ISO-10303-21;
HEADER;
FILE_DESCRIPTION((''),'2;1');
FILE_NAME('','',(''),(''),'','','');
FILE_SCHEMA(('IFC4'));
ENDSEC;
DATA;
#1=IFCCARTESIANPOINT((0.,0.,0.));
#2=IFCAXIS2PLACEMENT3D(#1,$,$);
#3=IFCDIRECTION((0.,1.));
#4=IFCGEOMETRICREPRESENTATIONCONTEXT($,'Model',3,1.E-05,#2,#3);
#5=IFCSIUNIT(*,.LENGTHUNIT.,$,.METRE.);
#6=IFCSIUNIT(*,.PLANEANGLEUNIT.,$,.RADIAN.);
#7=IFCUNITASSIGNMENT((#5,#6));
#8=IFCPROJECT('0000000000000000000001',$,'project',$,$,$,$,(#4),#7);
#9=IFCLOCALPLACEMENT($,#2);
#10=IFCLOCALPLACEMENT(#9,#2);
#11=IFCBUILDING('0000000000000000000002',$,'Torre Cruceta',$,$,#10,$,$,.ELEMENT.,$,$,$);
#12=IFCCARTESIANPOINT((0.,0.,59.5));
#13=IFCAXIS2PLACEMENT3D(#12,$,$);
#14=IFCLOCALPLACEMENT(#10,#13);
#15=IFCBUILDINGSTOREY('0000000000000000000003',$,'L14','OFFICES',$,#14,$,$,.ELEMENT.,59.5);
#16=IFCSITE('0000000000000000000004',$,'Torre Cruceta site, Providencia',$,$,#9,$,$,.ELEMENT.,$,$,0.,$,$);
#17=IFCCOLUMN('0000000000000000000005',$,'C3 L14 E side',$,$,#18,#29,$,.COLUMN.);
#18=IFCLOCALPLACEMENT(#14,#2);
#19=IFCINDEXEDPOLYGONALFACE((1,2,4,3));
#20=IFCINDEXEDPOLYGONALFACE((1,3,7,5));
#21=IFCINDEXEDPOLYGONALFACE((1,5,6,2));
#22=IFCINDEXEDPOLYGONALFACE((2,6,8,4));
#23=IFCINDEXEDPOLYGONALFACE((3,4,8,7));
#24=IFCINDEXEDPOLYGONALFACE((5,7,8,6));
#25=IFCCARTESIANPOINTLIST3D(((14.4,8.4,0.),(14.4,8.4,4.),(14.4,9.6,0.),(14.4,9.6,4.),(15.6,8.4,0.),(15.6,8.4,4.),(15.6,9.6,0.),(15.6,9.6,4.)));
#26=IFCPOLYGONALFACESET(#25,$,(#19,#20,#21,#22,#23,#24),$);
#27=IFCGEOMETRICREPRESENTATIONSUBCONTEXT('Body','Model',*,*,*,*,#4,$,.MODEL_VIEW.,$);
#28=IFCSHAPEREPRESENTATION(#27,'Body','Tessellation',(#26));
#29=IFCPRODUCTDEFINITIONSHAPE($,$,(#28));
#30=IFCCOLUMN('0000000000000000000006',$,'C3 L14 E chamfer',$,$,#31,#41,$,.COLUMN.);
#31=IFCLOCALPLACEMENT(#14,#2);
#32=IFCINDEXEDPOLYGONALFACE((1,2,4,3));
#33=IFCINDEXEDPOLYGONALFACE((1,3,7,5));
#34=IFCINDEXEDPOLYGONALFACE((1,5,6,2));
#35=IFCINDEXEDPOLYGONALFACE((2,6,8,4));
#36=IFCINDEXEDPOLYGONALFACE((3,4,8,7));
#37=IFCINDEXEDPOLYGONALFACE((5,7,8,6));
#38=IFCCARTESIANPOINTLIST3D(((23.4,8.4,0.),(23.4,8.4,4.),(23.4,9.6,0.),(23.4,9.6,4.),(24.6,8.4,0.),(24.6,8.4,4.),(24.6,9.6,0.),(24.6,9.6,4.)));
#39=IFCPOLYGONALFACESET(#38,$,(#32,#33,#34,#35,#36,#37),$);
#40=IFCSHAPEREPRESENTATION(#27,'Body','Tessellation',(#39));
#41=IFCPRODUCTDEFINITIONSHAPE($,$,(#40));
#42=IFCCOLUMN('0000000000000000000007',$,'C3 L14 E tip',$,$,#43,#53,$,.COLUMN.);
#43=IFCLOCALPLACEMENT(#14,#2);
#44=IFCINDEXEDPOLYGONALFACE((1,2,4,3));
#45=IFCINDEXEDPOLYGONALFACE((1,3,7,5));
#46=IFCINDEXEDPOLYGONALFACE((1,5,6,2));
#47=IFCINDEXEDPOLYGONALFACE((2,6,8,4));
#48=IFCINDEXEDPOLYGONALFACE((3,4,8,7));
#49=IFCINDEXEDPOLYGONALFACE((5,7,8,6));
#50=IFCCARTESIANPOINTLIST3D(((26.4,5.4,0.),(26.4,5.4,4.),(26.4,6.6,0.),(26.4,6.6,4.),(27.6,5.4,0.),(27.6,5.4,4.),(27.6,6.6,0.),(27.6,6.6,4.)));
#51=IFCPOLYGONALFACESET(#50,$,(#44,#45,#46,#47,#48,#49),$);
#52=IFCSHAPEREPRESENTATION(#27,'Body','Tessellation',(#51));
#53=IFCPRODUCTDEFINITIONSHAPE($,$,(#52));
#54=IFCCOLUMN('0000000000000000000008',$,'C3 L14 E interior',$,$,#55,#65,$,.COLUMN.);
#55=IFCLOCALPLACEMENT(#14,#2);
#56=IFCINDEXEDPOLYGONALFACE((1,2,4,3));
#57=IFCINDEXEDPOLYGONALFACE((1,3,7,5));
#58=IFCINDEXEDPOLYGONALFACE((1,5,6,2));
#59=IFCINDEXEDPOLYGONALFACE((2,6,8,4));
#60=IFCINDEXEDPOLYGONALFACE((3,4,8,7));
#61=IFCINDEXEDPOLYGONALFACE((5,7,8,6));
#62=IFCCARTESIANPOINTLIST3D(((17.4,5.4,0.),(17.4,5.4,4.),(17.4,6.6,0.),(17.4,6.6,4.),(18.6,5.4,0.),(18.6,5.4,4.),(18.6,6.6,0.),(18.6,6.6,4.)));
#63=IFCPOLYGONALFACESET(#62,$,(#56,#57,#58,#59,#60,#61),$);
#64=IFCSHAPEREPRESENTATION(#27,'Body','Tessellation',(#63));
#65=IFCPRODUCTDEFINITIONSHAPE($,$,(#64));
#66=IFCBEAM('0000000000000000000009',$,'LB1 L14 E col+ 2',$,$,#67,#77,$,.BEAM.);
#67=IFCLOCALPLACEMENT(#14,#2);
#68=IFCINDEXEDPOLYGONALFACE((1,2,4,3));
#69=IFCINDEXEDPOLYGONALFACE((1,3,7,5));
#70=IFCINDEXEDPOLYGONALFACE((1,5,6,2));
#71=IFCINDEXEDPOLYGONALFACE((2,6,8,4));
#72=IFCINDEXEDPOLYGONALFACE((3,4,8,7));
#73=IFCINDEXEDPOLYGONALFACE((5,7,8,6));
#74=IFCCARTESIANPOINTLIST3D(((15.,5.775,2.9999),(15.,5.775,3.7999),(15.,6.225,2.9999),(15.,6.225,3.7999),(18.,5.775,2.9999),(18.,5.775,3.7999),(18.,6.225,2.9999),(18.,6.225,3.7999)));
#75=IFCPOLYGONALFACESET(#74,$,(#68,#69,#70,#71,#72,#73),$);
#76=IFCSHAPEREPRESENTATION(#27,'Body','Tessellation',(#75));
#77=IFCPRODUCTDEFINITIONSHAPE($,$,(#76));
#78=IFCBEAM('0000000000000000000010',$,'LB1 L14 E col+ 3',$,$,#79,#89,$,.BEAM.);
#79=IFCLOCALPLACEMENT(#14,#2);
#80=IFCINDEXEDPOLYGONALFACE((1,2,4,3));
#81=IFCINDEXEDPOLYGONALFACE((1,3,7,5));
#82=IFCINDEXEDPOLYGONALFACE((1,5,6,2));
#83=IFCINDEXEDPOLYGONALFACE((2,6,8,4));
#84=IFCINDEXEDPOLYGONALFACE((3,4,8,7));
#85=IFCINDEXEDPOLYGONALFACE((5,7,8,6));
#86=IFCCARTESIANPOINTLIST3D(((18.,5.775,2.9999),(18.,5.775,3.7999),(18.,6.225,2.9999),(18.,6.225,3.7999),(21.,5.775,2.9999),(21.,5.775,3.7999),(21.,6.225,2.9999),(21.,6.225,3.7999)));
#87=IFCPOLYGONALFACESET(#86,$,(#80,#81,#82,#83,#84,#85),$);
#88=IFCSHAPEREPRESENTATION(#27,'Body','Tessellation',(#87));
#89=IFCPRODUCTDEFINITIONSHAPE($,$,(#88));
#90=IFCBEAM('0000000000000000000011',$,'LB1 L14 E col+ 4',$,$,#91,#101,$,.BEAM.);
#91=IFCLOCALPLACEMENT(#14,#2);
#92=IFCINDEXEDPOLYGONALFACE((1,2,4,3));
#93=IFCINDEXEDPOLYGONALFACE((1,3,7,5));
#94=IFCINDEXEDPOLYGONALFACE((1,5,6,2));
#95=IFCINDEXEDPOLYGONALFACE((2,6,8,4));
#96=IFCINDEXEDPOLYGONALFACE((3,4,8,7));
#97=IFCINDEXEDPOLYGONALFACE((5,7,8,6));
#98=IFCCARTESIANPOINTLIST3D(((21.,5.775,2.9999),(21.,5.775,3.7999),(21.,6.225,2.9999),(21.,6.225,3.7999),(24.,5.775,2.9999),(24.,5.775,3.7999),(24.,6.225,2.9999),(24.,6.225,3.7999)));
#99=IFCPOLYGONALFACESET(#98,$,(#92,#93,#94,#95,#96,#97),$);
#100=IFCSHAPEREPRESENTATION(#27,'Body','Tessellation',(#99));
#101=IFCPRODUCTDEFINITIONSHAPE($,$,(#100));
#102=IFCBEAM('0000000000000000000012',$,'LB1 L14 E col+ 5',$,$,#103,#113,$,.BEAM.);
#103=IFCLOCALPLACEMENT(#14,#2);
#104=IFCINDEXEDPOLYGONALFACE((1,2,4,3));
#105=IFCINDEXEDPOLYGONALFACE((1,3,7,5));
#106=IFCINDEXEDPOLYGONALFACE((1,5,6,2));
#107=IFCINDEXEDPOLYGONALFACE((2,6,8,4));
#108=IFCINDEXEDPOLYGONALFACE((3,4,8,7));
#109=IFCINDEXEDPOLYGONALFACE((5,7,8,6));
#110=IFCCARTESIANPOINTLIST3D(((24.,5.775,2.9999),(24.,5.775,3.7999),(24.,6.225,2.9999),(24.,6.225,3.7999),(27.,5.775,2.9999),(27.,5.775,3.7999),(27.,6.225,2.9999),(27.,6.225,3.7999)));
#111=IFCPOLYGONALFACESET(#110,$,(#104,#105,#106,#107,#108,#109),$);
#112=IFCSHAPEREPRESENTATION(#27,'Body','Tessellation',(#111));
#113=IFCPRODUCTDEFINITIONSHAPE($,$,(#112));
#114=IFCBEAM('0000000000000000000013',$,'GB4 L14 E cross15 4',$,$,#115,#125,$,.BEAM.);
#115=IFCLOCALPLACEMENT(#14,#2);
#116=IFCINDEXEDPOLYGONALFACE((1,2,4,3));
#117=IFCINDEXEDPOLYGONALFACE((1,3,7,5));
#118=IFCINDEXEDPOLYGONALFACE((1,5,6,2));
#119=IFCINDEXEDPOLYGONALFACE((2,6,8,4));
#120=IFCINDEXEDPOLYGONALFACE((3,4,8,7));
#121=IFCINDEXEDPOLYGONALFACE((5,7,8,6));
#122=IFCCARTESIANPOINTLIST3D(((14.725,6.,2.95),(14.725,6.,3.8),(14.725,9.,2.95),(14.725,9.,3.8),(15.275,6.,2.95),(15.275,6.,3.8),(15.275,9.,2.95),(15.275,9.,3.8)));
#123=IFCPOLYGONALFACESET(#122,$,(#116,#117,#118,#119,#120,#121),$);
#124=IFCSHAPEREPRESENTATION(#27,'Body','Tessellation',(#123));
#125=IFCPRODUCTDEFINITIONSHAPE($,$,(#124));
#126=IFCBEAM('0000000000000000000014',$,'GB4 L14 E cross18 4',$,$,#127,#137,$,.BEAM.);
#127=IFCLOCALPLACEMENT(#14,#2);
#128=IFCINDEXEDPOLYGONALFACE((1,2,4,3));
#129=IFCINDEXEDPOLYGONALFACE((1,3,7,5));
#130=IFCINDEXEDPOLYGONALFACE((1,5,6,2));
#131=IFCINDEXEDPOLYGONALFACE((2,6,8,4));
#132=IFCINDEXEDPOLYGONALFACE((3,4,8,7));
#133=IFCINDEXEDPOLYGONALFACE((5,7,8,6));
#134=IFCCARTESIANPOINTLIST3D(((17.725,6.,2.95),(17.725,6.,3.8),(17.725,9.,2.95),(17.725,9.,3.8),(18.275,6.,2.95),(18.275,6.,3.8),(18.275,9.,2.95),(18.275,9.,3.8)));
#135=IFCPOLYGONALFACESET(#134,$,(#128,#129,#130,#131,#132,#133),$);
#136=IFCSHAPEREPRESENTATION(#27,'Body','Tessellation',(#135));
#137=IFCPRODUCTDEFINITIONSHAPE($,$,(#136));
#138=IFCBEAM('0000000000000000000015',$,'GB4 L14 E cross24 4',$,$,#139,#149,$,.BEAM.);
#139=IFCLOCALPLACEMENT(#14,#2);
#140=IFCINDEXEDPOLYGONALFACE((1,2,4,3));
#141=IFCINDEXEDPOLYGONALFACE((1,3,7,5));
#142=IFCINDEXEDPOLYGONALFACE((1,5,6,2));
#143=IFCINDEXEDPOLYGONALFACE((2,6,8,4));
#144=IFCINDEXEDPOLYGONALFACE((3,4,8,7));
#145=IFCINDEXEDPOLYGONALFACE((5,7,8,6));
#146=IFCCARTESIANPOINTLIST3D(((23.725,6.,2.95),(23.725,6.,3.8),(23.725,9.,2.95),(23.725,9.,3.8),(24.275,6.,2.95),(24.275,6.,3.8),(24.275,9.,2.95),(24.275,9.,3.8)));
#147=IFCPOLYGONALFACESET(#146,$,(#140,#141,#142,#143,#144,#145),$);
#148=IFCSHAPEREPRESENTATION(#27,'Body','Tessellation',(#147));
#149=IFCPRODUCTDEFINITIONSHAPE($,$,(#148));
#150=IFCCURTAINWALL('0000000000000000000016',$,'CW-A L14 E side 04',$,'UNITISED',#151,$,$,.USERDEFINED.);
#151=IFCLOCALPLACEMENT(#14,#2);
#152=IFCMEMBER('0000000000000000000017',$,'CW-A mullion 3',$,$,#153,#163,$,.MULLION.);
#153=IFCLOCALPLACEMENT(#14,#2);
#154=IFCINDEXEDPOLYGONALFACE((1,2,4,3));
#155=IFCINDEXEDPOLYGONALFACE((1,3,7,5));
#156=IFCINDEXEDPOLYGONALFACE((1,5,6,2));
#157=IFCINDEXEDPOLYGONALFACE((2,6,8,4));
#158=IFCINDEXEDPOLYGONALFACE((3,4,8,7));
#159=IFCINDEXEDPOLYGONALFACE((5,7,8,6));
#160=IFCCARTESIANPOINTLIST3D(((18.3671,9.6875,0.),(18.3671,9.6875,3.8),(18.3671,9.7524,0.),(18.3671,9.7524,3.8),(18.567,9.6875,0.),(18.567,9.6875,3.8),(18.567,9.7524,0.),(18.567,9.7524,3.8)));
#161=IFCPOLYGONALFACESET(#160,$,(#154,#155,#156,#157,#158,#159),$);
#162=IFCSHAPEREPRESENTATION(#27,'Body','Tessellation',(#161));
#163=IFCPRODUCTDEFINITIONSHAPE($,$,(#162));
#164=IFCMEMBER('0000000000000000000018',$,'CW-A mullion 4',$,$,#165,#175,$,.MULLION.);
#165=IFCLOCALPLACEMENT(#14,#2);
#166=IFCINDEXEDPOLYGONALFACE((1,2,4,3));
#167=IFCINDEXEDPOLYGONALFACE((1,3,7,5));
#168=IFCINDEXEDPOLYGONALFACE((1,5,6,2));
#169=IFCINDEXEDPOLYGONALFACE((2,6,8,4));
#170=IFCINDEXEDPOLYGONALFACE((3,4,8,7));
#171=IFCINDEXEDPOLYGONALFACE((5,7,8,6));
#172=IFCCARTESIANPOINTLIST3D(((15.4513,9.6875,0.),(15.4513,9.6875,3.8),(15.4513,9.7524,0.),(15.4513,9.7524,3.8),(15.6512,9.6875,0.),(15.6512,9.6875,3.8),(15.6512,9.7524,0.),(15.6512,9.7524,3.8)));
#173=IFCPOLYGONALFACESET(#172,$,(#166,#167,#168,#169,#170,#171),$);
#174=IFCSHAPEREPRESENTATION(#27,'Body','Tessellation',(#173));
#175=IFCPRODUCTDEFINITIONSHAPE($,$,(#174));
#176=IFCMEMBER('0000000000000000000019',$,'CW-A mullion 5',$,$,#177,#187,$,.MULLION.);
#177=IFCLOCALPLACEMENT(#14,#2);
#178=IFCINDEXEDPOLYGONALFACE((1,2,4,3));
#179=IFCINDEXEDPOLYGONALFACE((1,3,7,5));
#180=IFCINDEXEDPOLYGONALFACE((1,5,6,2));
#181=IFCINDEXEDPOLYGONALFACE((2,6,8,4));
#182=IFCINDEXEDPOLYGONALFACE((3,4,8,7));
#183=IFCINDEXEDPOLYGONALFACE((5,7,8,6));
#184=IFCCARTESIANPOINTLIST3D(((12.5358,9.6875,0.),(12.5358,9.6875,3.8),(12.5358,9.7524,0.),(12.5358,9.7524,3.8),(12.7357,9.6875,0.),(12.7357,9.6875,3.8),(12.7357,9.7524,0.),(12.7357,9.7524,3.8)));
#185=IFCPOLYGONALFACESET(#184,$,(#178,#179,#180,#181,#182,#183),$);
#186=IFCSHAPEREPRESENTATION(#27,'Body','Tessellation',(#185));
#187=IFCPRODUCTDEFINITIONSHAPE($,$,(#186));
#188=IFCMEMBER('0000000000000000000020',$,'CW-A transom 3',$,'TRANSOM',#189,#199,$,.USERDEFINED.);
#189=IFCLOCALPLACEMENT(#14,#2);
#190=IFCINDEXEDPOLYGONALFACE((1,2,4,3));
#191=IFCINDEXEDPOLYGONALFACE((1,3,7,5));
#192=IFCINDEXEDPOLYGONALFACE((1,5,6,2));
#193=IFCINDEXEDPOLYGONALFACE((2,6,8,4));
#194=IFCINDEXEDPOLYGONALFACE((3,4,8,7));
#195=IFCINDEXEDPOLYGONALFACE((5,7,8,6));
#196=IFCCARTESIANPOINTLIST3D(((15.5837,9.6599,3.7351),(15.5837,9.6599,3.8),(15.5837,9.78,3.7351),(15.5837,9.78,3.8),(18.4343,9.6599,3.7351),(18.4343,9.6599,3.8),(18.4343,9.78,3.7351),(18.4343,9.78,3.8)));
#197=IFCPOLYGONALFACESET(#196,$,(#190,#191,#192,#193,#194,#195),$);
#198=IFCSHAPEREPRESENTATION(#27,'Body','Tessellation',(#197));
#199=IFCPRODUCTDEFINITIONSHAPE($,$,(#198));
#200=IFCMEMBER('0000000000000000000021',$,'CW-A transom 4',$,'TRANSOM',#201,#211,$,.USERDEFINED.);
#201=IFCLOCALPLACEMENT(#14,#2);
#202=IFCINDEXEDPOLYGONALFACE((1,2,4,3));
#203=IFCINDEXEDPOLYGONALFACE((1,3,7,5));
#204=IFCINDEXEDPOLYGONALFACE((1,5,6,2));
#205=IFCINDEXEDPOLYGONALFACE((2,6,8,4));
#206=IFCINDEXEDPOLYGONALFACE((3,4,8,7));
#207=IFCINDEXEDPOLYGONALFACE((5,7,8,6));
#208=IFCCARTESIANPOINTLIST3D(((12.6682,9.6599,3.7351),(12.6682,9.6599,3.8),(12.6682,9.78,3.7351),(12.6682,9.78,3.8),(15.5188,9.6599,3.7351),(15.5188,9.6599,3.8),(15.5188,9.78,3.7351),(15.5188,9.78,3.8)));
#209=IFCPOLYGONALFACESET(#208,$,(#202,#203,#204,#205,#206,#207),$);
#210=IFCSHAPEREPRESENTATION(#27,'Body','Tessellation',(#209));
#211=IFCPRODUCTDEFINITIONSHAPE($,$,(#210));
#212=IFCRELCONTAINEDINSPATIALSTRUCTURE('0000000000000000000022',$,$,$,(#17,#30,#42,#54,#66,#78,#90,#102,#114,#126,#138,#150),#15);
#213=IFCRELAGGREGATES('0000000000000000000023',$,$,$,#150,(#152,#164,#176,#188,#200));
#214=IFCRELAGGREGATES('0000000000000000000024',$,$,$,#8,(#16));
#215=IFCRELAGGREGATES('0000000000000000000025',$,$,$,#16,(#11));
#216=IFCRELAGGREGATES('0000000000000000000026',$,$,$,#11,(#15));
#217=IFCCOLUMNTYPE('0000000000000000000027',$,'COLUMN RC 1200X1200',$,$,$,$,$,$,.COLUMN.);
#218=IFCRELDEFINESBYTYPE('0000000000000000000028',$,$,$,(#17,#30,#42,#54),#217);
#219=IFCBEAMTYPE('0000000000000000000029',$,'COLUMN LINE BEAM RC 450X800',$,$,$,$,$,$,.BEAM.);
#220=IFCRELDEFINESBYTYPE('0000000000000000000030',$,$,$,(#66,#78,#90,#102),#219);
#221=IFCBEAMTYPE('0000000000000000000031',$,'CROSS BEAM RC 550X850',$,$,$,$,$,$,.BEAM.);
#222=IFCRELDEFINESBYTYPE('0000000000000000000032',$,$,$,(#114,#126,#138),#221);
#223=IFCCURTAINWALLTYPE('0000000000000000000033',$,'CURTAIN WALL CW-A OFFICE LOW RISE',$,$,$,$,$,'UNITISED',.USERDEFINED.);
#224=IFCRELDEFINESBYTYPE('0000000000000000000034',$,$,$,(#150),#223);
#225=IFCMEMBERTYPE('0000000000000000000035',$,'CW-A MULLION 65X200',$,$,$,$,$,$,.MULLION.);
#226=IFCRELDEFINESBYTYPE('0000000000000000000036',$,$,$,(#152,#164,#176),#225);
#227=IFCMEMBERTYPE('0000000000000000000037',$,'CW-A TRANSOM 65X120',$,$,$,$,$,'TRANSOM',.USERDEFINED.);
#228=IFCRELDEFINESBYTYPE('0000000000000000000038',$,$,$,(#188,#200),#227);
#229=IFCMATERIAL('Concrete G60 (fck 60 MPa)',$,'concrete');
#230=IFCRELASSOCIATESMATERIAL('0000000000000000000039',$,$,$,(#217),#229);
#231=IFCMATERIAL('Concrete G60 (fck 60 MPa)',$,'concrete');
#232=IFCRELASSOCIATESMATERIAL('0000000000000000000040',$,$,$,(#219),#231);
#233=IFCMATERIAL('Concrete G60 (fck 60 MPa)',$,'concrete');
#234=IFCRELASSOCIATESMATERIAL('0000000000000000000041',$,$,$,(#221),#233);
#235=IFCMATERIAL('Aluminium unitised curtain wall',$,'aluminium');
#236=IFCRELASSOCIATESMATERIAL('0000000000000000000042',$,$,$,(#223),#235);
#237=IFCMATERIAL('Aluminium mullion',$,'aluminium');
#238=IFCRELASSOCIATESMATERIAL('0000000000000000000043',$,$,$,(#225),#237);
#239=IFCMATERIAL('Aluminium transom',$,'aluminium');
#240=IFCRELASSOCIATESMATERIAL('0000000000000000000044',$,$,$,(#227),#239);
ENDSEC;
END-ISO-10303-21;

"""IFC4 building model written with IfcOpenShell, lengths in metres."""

from ifc_helpers import new_model, si_unit, direction, frame, origin, origin_2d, place, context, subcontext, project, spatial, rectangle, extrude, material, material_profile, profile_set, type_object, element, aggregate, save


model = new_model("IFC4")

# Units and contexts
model_context = context("Model", 3, precision=1e-05, world=origin(), true_north=direction((0.0, 1.0)))
body_context = subcontext(model_context, "Body", "Model", "MODEL_VIEW")
ifc_project = project(units=[si_unit("LENGTHUNIT", "METRE"), si_unit("PLANEANGLEUNIT", "RADIAN")], contexts=[model_context])

# Site, building, storey
site_placement = place(None, origin())
site = spatial("IfcSite", under=ifc_project, at=site_placement, Name="Torre Cruceta site, Providencia", CompositionType="ELEMENT", RefElevation=0.0)
building_placement = place(site_placement, origin())
building = spatial("IfcBuilding", under=site, at=building_placement, Name="Torre Cruceta", CompositionType="ELEMENT")
storey_placement = place(building_placement, frame((0.0, 0.0, 59.5)))
storey = spatial("IfcBuildingStorey", under=building, at=storey_placement, Name="L14", Description="OFFICES", CompositionType="ELEMENT", Elevation=59.5)

# Columns
ifc_material_1 = material(Name="Concrete G60 (fck 60 MPa)", Category="concrete")
ifc_material_profile_1 = material_profile(ifc_material_1, rectangle(XDim=1.2, YDim=1.2, at=origin_2d()), Name="RC 1200X1200")
ifc_profile_set_1 = profile_set([ifc_material_profile_1], Name="Concrete G60 (fck 60 MPa)")
column_type = type_object("IfcColumnType", Name="COLUMN RC 1200X1200", PredefinedType="COLUMN", material=ifc_profile_set_1)
for number, where, z_axis, x_axis, name in (
    (1, (15.0, 9.0, 0.0), (0.0, 0.0, 1.0), (1.0, 0.0, 0.0), "C3 L14 E side"),
    (2, (24.0, 9.0, 0.0), (0.0, 0.0, 1.0), (1.0, 0.0, 0.0), "C3 L14 E chamfer"),
    (3, (27.0, 6.0, 0.0), (0.0, 0.0, 1.0), (1.0, 0.0, 0.0), "C3 L14 E tip"),
    (4, (18.0, 6.0, 0.0), (0.0, 0.0, 1.0), (1.0, 0.0, 0.0), "C3 L14 E interior"),
):
    element("IfcColumn", number, at=place(storey_placement, frame(where, z_axis=z_axis, x_axis=x_axis)), inside=storey, type_object=column_type, Name=name, PredefinedType="COLUMN", context=body_context, shape_type="SweptSolid", body=[
        extrude(rectangle(XDim=1.2, YDim=1.2, at=origin_2d()), origin(), (0.0, 0.0, 1.0), 4.0),
    ])

# Beams
ifc_material_2 = material(Name="Concrete G60 (fck 60 MPa)", Category="concrete")
ifc_material_profile_2 = material_profile(ifc_material_2, rectangle(XDim=0.45, YDim=0.8, at=origin_2d()), Name="RC 450X800")
ifc_profile_set_2 = profile_set([ifc_material_profile_2], Name="Concrete G60 (fck 60 MPa)")
beam_type_1 = type_object("IfcBeamType", Name="COLUMN LINE BEAM RC 450X800", PredefinedType="BEAM", material=ifc_profile_set_2)
for number, where, z_axis, x_axis, name in (
    (5, (15.0, 6.0, 3.3999), (1.0, 0.0, 0.0), (0.0, 1.0, 0.0), "LB1 L14 E col+ 2"),
    (6, (18.0, 6.0, 3.3999), (1.0, 0.0, 0.0), (0.0, 1.0, 0.0), "LB1 L14 E col+ 3"),
    (7, (21.0, 6.0, 3.3999), (1.0, 0.0, 0.0), (0.0, 1.0, 0.0), "LB1 L14 E col+ 4"),
    (8, (24.0, 6.0, 3.3999), (1.0, 0.0, 0.0), (0.0, 1.0, 0.0), "LB1 L14 E col+ 5"),
):
    element("IfcBeam", number, at=place(storey_placement, frame(where, z_axis=z_axis, x_axis=x_axis)), inside=storey, type_object=beam_type_1, Name=name, PredefinedType="BEAM", context=body_context, shape_type="SweptSolid", body=[
        extrude(rectangle(XDim=0.45, YDim=0.8, at=origin_2d()), origin(), (0.0, 0.0, 1.0), 3.0),
    ])
ifc_material_3 = material(Name="Concrete G60 (fck 60 MPa)", Category="concrete")
ifc_material_profile_3 = material_profile(ifc_material_3, rectangle(XDim=0.55, YDim=0.8501, at=origin_2d()), Name="RC 550X850")
ifc_profile_set_3 = profile_set([ifc_material_profile_3], Name="Concrete G60 (fck 60 MPa)")
beam_type_2 = type_object("IfcBeamType", Name="CROSS BEAM RC 550X850", PredefinedType="BEAM", material=ifc_profile_set_3)
for number, where, z_axis, x_axis, name in (
    (9, (15.0, 6.0, 3.375), (0.0, 1.0, 0.0), (-1.0, 0.0, 0.0), "GB4 L14 E cross15 4"),
    (10, (18.0, 6.0, 3.375), (0.0, 1.0, 0.0), (-1.0, 0.0, 0.0), "GB4 L14 E cross18 4"),
    (11, (24.0, 6.0, 3.375), (0.0, 1.0, 0.0), (-1.0, 0.0, 0.0), "GB4 L14 E cross24 4"),
):
    element("IfcBeam", number, at=place(storey_placement, frame(where, z_axis=z_axis, x_axis=x_axis)), inside=storey, type_object=beam_type_2, Name=name, PredefinedType="BEAM", context=body_context, shape_type="SweptSolid", body=[
        extrude(rectangle(XDim=0.55, YDim=0.8501, at=origin_2d()), origin(), (0.0, 0.0, 1.0), 3.0),
    ])

# Curtain wall, members
ifc_material_4 = material(Name="Aluminium unitised curtain wall", Category="aluminium")
curtain_wall_type = type_object("IfcCurtainWallType", Name="CURTAIN WALL CW-A OFFICE LOW RISE", ElementType="UNITISED", PredefinedType="USERDEFINED", material=ifc_material_4)
curtain_wall_placement = place(storey_placement, origin())
curtain_wall = element("IfcCurtainWall", 12, at=curtain_wall_placement, inside=storey, type_object=curtain_wall_type, Name="CW-A L14 E side 04", ObjectType="UNITISED", PredefinedType="USERDEFINED")
ifc_material_5 = material(Name="Aluminium mullion", Category="aluminium")
ifc_material_profile_4 = material_profile(ifc_material_5, rectangle(XDim=0.0649, YDim=0.2, at=origin_2d()), Name="AL 65X200")
ifc_profile_set_4 = profile_set([ifc_material_profile_4], Name="Aluminium mullion")
member_type_1 = type_object("IfcMemberType", Name="CW-A MULLION 65X200", PredefinedType="MULLION", material=ifc_profile_set_4)
member_1_placement = place(storey_placement, frame((18.467, 9.72, 0.0), z_axis=(0.0, 0.0, 1.0), x_axis=(0.0, -1.0, 0.0)))
member_1 = element("IfcMember", 13, at=member_1_placement, type_object=member_type_1, Name="CW-A mullion 3", PredefinedType="MULLION", context=body_context, shape_type="SweptSolid", body=[
    extrude(rectangle(XDim=0.0649, YDim=0.2, at=origin_2d()), origin(), (0.0, 0.0, 1.0), 3.8),
])
member_2_placement = place(storey_placement, frame((15.5513, 9.72, 0.0), z_axis=(0.0, 0.0, 1.0), x_axis=(0.0, -1.0, 0.0)))
member_2 = element("IfcMember", 14, at=member_2_placement, type_object=member_type_1, Name="CW-A mullion 4", PredefinedType="MULLION", context=body_context, shape_type="SweptSolid", body=[
    extrude(rectangle(XDim=0.0649, YDim=0.2, at=origin_2d()), origin(), (0.0, 0.0, 1.0), 3.8),
])
member_3_placement = place(storey_placement, frame((12.6357, 9.72, 0.0), z_axis=(0.0, 0.0, 1.0), x_axis=(0.0, -1.0, 0.0)))
member_3 = element("IfcMember", 15, at=member_3_placement, type_object=member_type_1, Name="CW-A mullion 5", PredefinedType="MULLION", context=body_context, shape_type="SweptSolid", body=[
    extrude(rectangle(XDim=0.0649, YDim=0.2, at=origin_2d()), origin(), (0.0, 0.0, 1.0), 3.8),
])
ifc_material_6 = material(Name="Aluminium transom", Category="aluminium")
ifc_material_profile_5 = material_profile(ifc_material_6, rectangle(XDim=0.1201, YDim=0.0649, at=origin_2d()), Name="AL 120X65")
ifc_profile_set_5 = profile_set([ifc_material_profile_5], Name="Aluminium transom")
member_type_2 = type_object("IfcMemberType", Name="CW-A TRANSOM 65X120", ElementType="TRANSOM", PredefinedType="USERDEFINED", material=ifc_profile_set_5)
member_4_placement = place(storey_placement, frame((18.4343, 9.72, 3.7676), z_axis=(-1.0, 0.0, 0.0), x_axis=(0.0, -1.0, 0.0)))
member_4 = element("IfcMember", 16, at=member_4_placement, type_object=member_type_2, Name="CW-A transom 3", ObjectType="TRANSOM", PredefinedType="USERDEFINED", context=body_context, shape_type="SweptSolid", body=[
    extrude(rectangle(XDim=0.1201, YDim=0.0649, at=origin_2d()), origin(), (0.0, 0.0, 1.0), 2.8506),
])
member_5_placement = place(storey_placement, frame((15.5188, 9.72, 3.7676), z_axis=(-1.0, 0.0, 0.0), x_axis=(0.0, -1.0, 0.0)))
member_5 = element("IfcMember", 17, at=member_5_placement, type_object=member_type_2, Name="CW-A transom 4", ObjectType="TRANSOM", PredefinedType="USERDEFINED", context=body_context, shape_type="SweptSolid", body=[
    extrude(rectangle(XDim=0.1201, YDim=0.0649, at=origin_2d()), origin(), (0.0, 0.0, 1.0), 2.8506),
])

aggregate(curtain_wall, [member_1, member_2, member_3, member_4, member_5])

save(model, "model.ifc")
